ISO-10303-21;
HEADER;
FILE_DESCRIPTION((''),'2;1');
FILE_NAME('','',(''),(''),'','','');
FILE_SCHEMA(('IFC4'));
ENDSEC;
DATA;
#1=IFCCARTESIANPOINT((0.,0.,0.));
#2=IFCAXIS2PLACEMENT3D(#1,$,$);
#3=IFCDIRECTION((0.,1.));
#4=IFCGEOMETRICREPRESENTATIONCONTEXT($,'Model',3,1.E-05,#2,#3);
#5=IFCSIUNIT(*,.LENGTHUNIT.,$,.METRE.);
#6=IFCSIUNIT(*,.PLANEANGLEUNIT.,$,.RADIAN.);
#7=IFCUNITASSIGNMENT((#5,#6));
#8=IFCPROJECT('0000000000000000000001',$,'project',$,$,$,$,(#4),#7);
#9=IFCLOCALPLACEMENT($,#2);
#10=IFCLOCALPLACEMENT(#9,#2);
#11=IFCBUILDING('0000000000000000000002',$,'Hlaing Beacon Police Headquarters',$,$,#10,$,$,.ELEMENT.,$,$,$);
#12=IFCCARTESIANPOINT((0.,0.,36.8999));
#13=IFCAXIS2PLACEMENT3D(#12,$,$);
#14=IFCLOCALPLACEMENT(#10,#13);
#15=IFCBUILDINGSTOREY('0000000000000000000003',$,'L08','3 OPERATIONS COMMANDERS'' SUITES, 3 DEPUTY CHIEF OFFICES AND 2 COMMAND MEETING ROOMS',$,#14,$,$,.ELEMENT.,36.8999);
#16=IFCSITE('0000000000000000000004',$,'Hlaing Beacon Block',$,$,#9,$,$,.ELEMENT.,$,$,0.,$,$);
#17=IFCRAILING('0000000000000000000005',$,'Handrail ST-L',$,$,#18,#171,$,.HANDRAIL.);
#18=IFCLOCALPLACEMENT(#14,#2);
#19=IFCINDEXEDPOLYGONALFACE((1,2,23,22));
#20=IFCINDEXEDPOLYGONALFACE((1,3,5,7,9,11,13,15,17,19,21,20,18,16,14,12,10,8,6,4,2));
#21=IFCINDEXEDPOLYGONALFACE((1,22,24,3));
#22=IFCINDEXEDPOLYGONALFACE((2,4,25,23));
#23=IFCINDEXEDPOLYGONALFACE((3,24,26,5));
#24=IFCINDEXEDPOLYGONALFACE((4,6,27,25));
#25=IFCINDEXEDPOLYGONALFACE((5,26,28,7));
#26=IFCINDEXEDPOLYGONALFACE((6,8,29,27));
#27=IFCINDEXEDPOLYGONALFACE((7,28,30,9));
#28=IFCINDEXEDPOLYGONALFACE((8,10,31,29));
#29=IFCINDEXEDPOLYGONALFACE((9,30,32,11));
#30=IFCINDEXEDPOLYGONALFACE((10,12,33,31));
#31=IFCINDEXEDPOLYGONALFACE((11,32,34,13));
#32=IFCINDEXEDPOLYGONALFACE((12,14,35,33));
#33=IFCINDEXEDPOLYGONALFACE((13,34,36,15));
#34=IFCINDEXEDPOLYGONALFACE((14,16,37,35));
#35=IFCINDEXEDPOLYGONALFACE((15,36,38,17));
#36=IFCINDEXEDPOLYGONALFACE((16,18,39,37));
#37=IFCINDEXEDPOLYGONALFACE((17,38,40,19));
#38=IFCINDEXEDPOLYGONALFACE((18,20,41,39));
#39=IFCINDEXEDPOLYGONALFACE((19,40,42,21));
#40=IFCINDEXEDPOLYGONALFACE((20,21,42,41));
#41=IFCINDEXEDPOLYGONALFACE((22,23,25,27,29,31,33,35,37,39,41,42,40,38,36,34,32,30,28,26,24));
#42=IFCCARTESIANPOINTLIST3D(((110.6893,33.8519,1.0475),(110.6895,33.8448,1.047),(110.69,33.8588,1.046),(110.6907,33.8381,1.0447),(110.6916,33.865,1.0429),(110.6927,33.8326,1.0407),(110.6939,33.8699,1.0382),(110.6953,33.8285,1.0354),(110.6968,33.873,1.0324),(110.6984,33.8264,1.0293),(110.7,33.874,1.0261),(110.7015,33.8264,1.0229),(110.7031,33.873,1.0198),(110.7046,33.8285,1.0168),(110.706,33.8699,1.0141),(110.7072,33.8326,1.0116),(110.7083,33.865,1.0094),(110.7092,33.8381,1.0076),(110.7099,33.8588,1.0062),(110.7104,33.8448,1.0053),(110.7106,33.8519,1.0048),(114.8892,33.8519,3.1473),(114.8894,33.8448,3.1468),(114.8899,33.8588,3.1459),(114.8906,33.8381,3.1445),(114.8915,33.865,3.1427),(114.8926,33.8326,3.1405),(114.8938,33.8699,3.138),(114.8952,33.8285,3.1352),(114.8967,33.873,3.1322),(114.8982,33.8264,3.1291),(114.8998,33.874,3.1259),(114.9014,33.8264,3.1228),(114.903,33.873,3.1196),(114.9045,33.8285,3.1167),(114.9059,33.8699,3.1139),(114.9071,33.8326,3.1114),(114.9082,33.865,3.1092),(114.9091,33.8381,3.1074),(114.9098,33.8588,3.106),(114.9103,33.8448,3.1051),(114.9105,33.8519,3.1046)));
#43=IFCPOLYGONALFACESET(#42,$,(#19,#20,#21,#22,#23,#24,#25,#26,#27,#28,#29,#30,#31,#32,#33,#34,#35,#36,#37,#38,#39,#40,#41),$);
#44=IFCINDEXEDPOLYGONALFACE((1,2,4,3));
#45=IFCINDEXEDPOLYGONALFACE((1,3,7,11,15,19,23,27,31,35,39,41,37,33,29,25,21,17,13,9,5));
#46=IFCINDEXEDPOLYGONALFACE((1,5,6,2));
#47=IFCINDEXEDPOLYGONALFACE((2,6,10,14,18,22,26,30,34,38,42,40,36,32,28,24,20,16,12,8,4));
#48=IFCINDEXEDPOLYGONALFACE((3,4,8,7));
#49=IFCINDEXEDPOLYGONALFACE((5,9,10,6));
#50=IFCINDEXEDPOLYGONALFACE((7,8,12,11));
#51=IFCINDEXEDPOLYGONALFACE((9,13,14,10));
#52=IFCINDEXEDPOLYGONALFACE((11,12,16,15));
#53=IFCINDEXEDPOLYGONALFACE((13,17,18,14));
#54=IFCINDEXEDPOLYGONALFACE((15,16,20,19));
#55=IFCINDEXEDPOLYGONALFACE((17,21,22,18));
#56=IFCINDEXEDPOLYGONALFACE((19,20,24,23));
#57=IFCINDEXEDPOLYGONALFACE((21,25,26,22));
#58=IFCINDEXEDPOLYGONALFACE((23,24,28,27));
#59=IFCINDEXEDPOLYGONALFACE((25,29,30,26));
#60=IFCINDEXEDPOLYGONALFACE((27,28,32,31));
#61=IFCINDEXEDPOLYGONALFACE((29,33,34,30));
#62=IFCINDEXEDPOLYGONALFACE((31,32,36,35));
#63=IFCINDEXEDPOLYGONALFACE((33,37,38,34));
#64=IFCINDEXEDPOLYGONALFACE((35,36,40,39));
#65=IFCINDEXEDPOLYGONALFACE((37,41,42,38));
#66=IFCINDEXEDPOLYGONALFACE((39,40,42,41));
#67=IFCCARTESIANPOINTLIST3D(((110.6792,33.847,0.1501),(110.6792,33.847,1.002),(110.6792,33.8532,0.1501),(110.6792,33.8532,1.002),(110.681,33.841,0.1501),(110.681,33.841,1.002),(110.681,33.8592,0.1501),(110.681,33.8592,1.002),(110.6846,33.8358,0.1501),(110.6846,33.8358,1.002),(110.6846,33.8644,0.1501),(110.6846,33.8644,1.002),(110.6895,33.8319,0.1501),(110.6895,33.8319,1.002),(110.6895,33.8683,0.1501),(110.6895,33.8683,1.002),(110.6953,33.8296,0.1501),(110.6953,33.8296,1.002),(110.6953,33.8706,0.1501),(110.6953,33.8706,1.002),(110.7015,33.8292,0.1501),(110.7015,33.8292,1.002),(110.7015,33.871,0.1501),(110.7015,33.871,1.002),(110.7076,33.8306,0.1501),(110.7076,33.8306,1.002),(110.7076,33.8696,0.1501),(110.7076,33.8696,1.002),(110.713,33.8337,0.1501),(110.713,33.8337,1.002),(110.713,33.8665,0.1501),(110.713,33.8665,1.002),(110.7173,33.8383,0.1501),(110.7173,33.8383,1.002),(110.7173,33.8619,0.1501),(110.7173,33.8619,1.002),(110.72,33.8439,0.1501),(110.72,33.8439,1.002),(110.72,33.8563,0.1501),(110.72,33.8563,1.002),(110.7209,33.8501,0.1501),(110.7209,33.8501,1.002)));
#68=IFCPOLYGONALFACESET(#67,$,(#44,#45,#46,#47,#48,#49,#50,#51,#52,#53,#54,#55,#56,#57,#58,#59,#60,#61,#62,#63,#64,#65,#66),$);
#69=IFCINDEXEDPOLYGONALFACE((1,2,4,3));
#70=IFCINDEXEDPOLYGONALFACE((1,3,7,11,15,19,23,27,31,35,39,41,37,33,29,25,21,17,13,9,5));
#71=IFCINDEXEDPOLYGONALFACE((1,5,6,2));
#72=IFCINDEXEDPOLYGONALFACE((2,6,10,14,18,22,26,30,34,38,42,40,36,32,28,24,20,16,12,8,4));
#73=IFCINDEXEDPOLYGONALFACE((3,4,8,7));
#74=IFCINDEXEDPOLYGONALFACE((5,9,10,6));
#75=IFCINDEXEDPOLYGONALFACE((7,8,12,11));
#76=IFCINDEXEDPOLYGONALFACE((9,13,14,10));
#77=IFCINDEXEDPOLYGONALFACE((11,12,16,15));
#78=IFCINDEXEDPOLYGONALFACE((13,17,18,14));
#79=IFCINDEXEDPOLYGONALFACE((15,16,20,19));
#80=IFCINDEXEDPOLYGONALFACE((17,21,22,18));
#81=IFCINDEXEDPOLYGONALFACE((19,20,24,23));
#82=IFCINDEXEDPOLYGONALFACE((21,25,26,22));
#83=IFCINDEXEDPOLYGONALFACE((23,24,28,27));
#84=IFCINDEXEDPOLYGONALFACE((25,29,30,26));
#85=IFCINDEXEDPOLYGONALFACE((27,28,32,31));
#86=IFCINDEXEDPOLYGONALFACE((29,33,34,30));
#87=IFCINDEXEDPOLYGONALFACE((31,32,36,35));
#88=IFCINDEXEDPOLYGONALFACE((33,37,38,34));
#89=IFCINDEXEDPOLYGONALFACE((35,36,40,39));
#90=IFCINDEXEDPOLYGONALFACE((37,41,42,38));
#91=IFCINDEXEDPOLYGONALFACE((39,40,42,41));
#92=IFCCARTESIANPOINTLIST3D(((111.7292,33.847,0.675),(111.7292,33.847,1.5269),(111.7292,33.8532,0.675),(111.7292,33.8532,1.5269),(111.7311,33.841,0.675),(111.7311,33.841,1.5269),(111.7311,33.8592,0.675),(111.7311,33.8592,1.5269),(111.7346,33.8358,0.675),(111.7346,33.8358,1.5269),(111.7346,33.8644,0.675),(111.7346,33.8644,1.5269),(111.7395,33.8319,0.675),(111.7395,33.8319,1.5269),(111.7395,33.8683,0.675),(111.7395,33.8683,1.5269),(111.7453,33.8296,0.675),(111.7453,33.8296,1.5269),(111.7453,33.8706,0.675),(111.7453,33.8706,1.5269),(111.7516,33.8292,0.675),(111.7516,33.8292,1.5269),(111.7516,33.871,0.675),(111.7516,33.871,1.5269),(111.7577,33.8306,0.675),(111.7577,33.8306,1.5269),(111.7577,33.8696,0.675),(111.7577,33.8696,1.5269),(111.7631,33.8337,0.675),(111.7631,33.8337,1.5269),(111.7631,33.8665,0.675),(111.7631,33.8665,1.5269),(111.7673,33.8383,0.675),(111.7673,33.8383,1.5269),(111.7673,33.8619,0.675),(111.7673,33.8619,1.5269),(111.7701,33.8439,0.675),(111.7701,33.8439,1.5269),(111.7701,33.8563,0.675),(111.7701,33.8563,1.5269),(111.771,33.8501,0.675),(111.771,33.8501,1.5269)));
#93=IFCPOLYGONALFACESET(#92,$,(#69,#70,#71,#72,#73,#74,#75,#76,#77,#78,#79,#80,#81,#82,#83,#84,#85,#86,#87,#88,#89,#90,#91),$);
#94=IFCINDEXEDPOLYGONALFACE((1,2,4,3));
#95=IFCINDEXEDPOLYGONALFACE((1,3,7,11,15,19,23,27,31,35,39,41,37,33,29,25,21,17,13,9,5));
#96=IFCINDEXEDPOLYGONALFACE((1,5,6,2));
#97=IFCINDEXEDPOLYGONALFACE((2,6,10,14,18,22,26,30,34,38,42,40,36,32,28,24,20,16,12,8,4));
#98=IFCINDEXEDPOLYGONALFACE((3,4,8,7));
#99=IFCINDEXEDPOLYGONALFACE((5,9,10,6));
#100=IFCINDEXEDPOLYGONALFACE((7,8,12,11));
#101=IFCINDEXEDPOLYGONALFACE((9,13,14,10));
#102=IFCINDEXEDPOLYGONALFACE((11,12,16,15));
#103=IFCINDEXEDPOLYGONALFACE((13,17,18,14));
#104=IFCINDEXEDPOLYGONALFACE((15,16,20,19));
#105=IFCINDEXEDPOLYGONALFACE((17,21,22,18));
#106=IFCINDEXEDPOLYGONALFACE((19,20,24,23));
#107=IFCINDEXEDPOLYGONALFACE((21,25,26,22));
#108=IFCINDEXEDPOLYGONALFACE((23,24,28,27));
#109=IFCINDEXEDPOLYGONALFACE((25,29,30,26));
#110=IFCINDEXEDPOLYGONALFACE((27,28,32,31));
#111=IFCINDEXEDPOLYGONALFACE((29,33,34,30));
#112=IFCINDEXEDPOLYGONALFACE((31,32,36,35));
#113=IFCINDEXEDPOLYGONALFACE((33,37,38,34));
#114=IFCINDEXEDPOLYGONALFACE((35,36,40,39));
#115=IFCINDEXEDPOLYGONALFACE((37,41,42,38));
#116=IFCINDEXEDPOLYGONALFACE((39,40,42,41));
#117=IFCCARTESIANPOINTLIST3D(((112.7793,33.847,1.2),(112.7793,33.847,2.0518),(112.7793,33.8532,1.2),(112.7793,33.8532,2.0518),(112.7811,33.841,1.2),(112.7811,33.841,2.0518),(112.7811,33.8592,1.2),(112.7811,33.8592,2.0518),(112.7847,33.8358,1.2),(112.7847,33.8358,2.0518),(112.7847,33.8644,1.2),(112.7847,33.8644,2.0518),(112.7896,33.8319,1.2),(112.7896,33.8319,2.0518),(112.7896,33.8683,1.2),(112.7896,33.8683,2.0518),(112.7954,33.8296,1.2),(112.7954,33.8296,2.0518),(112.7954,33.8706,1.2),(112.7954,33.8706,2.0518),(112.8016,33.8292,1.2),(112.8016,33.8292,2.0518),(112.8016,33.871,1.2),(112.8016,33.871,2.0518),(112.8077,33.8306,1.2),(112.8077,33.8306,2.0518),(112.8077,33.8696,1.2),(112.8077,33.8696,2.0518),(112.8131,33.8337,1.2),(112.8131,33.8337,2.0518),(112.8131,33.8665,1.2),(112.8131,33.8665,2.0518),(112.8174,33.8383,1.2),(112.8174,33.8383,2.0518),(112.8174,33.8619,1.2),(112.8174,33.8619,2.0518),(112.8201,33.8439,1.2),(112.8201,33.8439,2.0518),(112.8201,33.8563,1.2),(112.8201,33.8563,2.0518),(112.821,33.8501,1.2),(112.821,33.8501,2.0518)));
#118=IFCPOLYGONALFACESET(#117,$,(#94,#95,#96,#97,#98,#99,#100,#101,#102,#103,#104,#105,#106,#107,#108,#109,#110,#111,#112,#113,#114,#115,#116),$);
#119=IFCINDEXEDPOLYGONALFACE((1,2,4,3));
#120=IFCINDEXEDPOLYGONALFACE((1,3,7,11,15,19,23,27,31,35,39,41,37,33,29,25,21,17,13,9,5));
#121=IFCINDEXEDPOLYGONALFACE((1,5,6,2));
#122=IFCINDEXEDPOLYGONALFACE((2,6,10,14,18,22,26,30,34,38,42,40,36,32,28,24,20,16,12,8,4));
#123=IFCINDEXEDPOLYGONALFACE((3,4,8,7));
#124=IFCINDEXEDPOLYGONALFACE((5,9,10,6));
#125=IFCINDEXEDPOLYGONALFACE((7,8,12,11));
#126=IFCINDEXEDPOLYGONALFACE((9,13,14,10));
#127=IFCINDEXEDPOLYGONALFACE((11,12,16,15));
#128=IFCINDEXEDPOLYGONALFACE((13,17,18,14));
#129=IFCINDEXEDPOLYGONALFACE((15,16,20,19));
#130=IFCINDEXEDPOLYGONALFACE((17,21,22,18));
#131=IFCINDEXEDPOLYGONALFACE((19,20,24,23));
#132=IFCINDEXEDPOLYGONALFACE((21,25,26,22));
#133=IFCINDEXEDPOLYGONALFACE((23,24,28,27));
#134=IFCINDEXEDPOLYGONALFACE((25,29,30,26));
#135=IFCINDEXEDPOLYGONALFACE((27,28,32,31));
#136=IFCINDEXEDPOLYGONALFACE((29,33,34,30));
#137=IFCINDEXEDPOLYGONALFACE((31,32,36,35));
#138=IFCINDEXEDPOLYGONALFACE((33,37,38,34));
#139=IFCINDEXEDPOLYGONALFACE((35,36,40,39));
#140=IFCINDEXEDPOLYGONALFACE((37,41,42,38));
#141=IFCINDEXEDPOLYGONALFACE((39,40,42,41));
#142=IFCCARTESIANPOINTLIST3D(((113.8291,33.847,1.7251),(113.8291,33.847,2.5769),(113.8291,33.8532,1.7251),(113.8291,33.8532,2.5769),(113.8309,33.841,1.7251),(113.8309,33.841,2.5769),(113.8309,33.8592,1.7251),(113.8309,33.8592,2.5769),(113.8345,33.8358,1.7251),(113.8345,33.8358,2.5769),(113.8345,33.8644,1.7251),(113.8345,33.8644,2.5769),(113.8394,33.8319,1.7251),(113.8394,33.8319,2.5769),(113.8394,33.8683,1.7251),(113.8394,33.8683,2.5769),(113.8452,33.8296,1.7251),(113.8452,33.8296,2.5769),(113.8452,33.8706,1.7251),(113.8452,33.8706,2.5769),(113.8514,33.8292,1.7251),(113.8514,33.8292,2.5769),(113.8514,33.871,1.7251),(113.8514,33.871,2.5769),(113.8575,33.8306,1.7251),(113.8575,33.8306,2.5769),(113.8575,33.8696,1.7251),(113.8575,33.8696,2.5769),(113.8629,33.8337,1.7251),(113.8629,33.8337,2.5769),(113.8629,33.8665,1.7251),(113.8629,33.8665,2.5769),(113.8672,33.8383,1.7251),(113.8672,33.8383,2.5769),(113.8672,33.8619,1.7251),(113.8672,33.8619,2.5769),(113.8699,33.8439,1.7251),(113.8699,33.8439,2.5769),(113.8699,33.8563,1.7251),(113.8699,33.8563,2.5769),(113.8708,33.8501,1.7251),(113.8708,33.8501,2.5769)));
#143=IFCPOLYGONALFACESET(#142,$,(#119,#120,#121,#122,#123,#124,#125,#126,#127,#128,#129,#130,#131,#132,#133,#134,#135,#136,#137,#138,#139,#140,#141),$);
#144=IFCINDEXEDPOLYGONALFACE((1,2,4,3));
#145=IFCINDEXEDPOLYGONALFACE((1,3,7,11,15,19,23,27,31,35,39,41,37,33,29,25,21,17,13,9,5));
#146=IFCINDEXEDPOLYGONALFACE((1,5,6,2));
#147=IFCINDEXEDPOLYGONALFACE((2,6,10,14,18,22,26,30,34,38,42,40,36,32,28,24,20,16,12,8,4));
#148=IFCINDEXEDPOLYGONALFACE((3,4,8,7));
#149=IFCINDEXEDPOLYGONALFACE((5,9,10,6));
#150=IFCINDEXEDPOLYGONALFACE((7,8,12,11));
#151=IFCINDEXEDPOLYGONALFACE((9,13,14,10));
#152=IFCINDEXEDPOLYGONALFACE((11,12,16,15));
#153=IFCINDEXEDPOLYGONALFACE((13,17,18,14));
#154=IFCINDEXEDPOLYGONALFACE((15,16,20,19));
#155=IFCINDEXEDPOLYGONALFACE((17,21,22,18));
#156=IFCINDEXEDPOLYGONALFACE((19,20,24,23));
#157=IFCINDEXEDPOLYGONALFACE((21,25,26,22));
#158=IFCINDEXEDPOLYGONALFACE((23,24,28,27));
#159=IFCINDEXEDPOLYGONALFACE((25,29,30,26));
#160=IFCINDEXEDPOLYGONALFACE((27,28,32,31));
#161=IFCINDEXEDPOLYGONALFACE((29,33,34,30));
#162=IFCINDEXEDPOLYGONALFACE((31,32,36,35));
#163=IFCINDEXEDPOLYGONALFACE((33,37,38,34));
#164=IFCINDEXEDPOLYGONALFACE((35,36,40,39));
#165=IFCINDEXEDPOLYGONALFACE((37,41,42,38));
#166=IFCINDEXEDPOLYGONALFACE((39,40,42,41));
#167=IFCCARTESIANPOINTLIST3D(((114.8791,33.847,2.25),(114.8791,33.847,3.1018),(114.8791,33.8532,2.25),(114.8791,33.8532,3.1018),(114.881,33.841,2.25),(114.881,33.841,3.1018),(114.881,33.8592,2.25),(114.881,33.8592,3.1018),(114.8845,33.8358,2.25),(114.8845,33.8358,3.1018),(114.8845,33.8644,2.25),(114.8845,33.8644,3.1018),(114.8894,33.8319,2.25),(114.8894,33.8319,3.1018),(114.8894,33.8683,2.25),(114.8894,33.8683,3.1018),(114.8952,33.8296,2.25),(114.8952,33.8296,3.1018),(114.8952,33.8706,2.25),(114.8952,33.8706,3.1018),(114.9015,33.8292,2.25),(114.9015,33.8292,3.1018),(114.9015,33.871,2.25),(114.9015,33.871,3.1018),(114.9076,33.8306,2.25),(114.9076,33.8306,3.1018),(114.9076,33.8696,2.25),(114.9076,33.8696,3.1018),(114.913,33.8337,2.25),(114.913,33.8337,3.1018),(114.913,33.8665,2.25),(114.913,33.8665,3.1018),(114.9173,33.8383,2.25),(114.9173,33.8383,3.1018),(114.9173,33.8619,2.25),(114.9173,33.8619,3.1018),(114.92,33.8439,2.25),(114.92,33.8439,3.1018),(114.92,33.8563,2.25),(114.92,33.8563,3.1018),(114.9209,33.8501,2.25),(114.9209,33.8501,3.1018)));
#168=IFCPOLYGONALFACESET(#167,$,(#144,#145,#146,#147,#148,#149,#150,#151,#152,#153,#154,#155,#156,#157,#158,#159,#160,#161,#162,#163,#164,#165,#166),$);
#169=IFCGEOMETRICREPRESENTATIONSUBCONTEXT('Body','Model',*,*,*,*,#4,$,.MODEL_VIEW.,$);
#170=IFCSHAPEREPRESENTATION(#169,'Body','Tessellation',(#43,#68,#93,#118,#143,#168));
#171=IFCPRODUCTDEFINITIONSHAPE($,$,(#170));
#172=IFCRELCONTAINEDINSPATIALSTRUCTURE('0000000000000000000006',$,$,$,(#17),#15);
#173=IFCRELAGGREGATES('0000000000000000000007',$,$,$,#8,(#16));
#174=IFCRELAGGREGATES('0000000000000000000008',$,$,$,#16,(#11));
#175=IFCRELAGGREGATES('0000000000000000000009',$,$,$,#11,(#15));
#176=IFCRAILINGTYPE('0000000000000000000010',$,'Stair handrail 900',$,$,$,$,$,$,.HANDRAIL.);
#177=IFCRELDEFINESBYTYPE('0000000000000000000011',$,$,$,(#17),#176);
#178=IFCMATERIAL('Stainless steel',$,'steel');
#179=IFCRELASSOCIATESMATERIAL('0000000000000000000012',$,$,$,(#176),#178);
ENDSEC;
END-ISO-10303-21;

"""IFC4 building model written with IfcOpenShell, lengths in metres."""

from ifc_helpers import new_model, si_unit, direction, frame, origin, origin_2d, place, context, subcontext, project, spatial, circle, extrude, material, type_object, element, save


model = new_model("IFC4")

# Units and contexts
model_context = context("Model", 3, precision=1e-05, world=origin(), true_north=direction((0.0, 1.0)))
body_context = subcontext(model_context, "Body", "Model", "MODEL_VIEW")
ifc_project = project(units=[si_unit("LENGTHUNIT", "METRE"), si_unit("PLANEANGLEUNIT", "RADIAN")], contexts=[model_context])

# Site, building, storey
site_placement = place(None, origin())
site = spatial("IfcSite", under=ifc_project, at=site_placement, Name="Hlaing Beacon Block", CompositionType="ELEMENT", RefElevation=0.0)
building_placement = place(site_placement, origin())
building = spatial("IfcBuilding", under=site, at=building_placement, Name="Hlaing Beacon Police Headquarters", CompositionType="ELEMENT")
storey_placement = place(building_placement, frame((0.0, 0.0, 36.8999)))
storey = spatial("IfcBuildingStorey", under=building, at=storey_placement, Name="L08", Description="3 OPERATIONS COMMANDERS' SUITES, 3 DEPUTY CHIEF OFFICES AND 2 COMMAND MEETING ROOMS", CompositionType="ELEMENT", Elevation=36.8999)

# Railing
ifc_material_1 = material(Name="Stainless steel", Category="steel")
railing_type_1 = type_object("IfcRailingType", Name="Stair handrail 900", PredefinedType="HANDRAIL", material=ifc_material_1)
for number, where, name in (
    (1, (110.7, 33.8501, 0.1501), "Handrail ST-L"),
):
    element("IfcRailing", number, at=place(storey_placement, frame(where)), inside=storey, type_object=railing_type_1, Name=name, PredefinedType="HANDRAIL", context=body_context, shape_type="SweptSolid", body=[
        extrude(circle(Radius=0.0239, at=origin_2d()), frame((0.0, 0.0, 0.876), z_axis=(0.894438, 0.0, 0.447193), x_axis=(0.0, 1.0, 0.0)), (0.0, 0.0, 1.0), 4.6956),
        extrude(circle(Radius=0.021, at=origin_2d()), origin(), (0.0, 0.0, 1.0), 0.8518),
        extrude(circle(Radius=0.021, at=origin_2d()), frame((1.05, 0.0, 0.5249)), (0.0, 0.0, 1.0), 0.8518),
        extrude(circle(Radius=0.021, at=origin_2d()), frame((2.1001, 0.0, 1.0498)), (0.0, 0.0, 1.0), 0.8518),
        extrude(circle(Radius=0.021, at=origin_2d()), frame((3.1499, 0.0, 1.575)), (0.0, 0.0, 1.0), 0.8518),
        extrude(circle(Radius=0.021, at=origin_2d()), frame((4.2, 0.0, 2.0999)), (0.0, 0.0, 1.0), 0.8518),
    ])

save(model, "model.ifc")
